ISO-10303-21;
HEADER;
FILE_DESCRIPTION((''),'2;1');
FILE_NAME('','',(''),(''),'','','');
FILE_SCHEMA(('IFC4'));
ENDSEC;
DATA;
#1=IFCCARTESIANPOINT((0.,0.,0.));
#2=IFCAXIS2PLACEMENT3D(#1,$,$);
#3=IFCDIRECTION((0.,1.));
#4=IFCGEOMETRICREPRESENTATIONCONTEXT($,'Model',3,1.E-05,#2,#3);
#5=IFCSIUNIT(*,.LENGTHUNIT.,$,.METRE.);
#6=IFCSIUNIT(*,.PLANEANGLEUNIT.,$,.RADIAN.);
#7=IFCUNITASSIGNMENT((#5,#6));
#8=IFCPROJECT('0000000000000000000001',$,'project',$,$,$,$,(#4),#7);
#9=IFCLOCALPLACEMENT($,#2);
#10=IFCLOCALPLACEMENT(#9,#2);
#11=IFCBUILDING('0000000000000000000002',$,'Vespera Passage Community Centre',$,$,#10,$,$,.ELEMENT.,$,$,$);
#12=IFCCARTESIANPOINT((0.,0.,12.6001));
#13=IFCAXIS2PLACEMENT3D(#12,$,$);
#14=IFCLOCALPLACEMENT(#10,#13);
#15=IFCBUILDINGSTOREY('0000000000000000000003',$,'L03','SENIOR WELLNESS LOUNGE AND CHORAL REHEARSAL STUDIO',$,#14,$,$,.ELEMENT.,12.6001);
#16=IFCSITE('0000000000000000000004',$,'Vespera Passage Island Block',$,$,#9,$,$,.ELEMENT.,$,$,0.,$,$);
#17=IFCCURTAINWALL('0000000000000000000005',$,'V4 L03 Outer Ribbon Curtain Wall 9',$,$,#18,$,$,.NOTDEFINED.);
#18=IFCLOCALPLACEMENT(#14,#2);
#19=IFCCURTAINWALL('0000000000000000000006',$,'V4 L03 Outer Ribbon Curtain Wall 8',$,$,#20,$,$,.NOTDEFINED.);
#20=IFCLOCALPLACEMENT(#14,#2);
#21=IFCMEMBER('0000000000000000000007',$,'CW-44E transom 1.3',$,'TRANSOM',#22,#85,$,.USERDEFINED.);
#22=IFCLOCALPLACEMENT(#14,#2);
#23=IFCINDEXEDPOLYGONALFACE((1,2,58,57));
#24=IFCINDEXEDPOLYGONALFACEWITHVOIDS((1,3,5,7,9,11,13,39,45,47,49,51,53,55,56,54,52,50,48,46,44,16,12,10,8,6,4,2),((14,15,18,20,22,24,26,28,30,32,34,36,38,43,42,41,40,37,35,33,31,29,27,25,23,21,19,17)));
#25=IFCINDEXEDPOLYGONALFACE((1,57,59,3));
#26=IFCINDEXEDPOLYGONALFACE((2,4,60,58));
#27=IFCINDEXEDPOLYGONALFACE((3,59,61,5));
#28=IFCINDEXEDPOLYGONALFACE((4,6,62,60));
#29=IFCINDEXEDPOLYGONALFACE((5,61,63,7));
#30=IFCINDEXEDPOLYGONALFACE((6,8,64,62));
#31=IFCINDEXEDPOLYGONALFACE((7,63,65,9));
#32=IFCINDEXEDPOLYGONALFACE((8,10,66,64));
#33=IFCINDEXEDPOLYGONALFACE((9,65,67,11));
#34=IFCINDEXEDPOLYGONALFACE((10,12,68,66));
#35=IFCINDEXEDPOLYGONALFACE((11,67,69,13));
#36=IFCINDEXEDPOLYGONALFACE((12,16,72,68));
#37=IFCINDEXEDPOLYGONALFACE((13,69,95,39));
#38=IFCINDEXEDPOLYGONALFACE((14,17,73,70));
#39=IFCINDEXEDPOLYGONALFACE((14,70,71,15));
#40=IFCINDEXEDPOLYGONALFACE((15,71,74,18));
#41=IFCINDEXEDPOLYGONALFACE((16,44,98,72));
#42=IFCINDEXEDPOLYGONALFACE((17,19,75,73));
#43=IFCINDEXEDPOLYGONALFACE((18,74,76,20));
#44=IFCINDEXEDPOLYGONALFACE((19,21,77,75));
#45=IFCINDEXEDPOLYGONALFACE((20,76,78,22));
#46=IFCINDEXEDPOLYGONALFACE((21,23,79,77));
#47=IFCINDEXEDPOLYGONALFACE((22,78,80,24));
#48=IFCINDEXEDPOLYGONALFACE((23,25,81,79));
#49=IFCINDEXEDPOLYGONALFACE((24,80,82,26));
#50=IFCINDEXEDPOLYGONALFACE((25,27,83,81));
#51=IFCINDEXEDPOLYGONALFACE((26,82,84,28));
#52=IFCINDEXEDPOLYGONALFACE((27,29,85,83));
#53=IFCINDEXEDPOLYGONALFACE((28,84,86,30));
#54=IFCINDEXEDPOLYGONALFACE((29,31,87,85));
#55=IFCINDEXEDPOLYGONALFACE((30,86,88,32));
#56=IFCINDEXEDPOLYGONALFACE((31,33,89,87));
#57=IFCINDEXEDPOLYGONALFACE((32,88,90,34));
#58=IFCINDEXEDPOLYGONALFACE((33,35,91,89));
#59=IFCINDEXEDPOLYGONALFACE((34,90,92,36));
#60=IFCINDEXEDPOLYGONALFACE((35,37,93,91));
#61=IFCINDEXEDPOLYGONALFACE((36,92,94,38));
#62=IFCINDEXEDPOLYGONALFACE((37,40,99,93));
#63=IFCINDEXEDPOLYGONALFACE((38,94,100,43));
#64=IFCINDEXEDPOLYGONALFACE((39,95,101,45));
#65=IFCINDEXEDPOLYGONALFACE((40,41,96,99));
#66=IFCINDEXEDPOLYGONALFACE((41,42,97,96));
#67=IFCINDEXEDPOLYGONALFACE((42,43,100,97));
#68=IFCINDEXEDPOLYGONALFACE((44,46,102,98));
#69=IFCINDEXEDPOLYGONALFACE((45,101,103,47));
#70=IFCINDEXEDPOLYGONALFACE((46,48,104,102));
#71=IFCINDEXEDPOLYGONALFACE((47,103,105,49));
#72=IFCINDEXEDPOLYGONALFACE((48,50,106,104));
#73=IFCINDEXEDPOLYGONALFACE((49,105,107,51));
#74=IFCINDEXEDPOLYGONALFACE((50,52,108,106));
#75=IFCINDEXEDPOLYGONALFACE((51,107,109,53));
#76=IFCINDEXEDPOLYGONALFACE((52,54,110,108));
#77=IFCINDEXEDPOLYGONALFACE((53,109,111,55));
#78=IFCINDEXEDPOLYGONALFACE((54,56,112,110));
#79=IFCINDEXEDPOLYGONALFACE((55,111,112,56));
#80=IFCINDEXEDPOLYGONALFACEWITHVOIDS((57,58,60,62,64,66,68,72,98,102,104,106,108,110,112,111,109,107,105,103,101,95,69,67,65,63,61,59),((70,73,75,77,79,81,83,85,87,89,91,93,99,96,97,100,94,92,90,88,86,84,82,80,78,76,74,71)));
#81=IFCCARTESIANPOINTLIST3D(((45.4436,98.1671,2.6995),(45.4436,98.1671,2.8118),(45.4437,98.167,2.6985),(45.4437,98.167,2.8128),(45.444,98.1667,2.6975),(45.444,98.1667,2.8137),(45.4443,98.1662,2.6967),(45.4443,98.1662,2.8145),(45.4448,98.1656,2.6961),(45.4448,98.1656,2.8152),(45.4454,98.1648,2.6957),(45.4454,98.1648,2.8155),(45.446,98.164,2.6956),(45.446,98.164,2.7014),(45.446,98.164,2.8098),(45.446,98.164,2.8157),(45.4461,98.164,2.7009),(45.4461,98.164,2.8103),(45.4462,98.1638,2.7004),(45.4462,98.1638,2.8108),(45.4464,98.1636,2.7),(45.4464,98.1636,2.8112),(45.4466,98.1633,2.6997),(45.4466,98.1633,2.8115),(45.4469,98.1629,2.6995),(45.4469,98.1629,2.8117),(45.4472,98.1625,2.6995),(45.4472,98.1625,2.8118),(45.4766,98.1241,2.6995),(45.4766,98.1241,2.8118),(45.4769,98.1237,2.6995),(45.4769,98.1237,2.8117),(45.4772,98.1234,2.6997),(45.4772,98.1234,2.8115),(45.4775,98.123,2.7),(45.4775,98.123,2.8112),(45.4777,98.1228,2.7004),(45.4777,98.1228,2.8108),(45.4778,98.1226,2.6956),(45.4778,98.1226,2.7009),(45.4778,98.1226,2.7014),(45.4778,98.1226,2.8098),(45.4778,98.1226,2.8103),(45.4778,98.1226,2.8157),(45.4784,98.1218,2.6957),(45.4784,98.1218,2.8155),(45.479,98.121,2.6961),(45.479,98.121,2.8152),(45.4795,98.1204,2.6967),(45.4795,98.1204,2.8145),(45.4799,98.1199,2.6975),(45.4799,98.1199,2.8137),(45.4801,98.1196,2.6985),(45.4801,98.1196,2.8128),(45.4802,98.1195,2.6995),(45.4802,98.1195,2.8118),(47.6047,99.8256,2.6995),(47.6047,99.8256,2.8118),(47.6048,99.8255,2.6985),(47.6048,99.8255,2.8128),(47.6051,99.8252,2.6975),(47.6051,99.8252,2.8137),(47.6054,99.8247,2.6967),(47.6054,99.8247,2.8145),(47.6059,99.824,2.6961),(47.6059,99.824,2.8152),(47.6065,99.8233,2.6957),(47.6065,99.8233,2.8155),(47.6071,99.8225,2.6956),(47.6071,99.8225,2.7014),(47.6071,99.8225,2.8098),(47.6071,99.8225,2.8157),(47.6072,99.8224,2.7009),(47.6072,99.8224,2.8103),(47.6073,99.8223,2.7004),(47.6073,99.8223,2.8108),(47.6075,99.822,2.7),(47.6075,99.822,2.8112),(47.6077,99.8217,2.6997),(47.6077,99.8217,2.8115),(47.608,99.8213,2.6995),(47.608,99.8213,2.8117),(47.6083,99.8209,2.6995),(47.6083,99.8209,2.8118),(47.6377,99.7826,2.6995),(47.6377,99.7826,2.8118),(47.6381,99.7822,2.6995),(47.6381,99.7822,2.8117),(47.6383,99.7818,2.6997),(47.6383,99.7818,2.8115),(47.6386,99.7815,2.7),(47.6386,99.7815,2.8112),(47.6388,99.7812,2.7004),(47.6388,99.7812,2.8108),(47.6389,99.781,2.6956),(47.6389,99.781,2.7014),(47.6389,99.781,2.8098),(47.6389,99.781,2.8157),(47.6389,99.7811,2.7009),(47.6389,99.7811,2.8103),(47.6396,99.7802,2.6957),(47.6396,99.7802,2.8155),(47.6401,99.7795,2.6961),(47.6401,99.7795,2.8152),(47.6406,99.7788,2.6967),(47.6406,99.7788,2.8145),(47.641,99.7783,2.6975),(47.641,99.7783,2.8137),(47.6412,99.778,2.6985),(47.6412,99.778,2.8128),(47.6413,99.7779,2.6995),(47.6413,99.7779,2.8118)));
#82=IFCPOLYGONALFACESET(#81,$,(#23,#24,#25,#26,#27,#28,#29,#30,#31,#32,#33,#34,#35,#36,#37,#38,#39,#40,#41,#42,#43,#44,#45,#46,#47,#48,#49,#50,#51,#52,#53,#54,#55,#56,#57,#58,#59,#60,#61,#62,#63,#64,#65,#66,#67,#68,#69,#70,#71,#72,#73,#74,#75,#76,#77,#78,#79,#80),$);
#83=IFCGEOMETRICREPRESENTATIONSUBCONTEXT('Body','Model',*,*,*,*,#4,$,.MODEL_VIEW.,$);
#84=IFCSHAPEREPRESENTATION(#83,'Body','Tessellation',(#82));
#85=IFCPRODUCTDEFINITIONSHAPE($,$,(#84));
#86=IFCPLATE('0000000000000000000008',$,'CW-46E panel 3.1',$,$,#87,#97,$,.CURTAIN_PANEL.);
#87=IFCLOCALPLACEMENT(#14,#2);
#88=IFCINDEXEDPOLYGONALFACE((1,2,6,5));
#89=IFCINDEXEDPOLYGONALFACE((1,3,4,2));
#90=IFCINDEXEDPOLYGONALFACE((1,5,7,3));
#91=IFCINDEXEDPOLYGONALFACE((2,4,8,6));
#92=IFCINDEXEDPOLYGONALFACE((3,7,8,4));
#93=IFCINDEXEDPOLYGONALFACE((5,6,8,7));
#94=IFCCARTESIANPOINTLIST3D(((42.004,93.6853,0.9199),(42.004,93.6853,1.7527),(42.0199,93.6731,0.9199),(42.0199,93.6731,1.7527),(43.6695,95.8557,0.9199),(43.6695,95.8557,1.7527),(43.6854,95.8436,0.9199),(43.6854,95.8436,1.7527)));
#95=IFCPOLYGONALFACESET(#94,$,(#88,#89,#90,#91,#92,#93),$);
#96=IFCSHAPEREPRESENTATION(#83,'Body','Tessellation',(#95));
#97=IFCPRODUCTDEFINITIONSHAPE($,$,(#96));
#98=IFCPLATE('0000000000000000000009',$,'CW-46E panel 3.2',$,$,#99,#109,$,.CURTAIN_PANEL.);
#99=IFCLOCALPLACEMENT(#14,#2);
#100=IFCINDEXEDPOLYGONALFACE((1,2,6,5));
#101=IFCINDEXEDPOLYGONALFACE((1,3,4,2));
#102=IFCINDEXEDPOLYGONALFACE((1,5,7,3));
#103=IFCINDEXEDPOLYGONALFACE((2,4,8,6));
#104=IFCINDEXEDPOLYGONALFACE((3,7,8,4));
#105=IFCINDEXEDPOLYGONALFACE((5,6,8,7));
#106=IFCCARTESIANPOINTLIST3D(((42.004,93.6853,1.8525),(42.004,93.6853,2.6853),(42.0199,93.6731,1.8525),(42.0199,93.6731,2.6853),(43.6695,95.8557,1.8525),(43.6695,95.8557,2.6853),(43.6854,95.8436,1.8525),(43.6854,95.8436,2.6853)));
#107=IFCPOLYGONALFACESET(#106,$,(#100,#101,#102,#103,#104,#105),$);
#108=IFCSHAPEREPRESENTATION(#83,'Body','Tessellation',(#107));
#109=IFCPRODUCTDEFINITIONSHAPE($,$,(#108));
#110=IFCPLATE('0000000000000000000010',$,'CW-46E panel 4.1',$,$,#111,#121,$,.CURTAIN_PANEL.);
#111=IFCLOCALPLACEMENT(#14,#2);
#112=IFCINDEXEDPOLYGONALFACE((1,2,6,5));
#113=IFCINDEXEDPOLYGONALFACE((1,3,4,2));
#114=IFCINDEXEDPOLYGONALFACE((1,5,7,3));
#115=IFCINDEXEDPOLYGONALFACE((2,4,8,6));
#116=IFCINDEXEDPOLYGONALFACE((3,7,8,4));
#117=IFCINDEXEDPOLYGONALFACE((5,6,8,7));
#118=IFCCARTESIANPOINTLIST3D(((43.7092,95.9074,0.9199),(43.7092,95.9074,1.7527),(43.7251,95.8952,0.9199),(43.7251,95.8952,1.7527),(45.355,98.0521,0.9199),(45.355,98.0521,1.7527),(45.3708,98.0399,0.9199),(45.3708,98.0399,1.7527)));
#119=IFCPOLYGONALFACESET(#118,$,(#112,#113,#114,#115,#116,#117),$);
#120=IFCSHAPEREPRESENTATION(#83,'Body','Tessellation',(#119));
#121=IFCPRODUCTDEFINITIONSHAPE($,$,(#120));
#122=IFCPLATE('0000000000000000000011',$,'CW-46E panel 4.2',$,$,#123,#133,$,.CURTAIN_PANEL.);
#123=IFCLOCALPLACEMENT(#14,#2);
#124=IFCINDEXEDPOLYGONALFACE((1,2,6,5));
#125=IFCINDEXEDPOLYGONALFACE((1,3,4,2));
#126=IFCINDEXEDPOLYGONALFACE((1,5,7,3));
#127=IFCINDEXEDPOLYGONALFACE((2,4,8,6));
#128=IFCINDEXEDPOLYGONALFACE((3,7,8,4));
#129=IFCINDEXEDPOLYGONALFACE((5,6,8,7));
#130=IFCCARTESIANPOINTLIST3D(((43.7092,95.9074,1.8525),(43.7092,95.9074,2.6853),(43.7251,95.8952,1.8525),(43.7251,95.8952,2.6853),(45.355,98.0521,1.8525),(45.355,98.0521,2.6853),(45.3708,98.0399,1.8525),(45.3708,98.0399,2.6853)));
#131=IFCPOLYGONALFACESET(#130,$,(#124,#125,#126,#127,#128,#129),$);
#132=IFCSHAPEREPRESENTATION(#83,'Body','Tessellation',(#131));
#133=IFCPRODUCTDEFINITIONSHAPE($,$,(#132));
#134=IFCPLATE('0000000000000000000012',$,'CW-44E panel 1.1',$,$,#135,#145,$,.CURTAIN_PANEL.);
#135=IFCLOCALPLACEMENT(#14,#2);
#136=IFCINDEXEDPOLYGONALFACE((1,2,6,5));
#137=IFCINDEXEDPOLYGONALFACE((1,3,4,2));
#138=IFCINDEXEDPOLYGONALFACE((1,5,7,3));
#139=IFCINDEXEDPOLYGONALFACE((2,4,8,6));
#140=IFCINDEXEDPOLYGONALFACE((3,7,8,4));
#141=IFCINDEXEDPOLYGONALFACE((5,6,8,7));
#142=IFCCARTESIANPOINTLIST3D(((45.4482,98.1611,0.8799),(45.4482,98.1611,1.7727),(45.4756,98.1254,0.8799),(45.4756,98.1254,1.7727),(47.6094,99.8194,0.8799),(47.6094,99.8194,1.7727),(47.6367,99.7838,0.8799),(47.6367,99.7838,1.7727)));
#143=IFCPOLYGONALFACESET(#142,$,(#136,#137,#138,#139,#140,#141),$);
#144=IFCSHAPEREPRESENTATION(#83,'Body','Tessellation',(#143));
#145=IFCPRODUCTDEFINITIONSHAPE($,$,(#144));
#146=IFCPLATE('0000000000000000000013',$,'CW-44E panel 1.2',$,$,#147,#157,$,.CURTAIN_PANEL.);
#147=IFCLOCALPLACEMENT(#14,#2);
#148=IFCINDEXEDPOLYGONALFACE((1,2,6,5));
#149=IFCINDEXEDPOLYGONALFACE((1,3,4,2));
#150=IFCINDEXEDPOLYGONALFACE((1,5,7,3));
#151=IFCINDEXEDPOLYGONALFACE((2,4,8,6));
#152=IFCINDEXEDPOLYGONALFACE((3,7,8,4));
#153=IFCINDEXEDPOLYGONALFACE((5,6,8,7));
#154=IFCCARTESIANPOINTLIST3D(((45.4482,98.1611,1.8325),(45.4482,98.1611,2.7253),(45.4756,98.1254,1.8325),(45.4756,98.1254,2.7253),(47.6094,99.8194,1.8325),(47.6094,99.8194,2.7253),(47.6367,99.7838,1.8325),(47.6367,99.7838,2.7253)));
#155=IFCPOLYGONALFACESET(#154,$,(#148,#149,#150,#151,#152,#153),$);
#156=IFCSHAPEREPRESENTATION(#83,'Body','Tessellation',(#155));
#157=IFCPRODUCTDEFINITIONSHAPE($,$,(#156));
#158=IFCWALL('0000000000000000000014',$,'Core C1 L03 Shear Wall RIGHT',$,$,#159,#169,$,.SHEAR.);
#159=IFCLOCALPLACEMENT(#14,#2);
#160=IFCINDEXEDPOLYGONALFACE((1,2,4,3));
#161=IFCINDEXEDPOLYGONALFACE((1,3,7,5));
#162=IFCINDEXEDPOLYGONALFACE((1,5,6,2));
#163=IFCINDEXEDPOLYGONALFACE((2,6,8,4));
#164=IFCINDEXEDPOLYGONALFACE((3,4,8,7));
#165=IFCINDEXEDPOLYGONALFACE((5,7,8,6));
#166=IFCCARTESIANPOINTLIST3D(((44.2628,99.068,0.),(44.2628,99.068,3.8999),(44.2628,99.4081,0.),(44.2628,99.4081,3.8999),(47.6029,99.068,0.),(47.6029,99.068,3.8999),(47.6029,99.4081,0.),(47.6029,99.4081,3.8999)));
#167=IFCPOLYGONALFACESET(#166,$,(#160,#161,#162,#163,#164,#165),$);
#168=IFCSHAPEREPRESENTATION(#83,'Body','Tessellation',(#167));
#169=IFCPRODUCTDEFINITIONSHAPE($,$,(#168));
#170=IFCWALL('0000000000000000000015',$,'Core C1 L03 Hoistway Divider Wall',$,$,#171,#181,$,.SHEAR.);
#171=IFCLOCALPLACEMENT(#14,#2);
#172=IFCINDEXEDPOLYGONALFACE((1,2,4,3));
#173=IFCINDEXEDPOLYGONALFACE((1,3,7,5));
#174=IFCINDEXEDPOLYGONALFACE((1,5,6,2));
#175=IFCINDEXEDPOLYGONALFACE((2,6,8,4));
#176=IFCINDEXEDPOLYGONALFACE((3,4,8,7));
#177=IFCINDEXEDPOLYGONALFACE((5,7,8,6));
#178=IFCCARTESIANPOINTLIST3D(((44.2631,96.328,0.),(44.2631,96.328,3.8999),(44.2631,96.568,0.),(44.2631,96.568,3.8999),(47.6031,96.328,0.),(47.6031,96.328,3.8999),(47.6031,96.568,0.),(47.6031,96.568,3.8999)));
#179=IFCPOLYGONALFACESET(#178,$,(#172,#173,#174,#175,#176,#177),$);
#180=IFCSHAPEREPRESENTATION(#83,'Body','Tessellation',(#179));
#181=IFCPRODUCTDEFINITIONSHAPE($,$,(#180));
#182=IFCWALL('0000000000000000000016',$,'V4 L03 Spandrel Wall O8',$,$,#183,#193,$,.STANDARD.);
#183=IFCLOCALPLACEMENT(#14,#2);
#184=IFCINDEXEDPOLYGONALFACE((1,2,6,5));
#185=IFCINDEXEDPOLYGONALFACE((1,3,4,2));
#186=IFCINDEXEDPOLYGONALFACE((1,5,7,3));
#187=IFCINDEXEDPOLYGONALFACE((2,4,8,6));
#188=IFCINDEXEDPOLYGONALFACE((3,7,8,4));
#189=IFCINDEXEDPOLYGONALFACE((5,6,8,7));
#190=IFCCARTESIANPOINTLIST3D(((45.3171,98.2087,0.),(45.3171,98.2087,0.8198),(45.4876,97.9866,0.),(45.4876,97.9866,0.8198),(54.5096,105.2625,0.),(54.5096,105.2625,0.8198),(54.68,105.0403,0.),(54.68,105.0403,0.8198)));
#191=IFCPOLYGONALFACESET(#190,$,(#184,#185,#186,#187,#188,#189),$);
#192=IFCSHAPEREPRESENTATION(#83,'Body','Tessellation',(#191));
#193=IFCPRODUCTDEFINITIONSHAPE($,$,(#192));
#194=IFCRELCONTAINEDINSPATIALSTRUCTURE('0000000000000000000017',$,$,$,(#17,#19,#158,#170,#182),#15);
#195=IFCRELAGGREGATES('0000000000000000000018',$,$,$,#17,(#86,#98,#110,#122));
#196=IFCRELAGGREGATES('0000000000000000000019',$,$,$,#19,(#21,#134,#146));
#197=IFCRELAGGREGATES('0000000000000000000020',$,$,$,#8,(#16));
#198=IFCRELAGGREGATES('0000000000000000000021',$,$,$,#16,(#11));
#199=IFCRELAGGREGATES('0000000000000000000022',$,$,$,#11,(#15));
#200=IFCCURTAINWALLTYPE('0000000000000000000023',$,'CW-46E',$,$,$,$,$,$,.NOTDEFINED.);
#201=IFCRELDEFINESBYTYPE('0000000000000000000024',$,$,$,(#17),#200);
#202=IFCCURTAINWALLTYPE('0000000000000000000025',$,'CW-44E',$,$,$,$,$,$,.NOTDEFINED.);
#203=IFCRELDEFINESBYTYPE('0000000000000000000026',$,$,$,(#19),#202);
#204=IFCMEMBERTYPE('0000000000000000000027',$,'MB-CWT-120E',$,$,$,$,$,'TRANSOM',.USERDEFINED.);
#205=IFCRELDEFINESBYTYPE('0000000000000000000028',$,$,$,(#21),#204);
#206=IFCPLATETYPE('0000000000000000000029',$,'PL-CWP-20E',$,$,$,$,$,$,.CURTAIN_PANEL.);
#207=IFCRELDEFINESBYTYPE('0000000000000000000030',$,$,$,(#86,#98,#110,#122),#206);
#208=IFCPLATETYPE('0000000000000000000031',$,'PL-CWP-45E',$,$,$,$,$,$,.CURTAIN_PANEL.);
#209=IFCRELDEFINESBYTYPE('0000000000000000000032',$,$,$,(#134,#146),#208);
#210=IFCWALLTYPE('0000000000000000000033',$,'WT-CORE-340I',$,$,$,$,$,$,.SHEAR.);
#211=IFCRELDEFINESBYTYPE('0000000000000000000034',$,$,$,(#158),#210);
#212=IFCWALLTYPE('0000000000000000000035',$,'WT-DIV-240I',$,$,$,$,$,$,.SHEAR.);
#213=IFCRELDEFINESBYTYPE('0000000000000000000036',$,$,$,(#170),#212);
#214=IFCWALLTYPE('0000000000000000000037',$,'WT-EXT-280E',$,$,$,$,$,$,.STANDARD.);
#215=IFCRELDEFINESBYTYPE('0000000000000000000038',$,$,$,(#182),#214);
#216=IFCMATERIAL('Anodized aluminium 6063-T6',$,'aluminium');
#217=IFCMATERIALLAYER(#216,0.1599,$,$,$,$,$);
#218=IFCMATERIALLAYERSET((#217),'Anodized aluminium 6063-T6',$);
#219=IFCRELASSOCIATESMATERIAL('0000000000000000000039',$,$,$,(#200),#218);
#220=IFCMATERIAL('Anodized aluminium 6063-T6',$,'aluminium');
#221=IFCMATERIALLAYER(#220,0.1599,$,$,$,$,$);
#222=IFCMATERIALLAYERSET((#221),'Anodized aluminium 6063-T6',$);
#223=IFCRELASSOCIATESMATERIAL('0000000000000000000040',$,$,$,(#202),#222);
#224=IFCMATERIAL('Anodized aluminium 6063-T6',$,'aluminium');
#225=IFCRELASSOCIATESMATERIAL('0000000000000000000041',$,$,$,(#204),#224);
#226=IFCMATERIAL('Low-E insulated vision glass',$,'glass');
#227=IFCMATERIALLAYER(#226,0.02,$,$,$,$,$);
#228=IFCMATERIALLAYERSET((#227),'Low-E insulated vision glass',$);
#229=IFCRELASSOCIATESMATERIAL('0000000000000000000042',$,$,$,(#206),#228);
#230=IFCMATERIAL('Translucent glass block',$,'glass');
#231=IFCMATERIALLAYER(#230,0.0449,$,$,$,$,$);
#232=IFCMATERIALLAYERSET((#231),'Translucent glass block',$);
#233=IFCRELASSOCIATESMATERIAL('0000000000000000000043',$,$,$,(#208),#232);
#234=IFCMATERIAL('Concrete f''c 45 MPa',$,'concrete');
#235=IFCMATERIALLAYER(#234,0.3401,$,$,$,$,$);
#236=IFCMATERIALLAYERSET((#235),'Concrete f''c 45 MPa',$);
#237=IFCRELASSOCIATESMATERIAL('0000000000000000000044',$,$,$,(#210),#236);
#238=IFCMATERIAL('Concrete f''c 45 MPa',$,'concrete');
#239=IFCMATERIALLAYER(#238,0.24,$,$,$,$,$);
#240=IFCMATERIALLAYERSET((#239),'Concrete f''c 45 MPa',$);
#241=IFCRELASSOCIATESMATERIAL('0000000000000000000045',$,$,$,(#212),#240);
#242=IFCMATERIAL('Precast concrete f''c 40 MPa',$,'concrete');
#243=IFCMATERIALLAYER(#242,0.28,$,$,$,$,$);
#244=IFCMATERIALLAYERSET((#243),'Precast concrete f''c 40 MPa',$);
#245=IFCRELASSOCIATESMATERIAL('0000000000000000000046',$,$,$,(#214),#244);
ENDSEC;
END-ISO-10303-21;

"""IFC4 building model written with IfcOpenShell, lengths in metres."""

from ifc_helpers import new_model, si_unit, direction, frame, frame_2d, origin, origin_2d, place, context, subcontext, project, spatial, rectangle, hollow_rectangle, extrude, material, layer, layer_set, material_profile, profile_set, type_object, element, aggregate, save


model = new_model("IFC4")

# Units and contexts
model_context = context("Model", 3, precision=1e-05, world=origin(), true_north=direction((0.0, 1.0)))
body_context = subcontext(model_context, "Body", "Model", "MODEL_VIEW")
ifc_project = project(units=[si_unit("LENGTHUNIT", "METRE"), si_unit("PLANEANGLEUNIT", "RADIAN")], contexts=[model_context])

# Site, building, storey
site_placement = place(None, origin())
site = spatial("IfcSite", under=ifc_project, at=site_placement, Name="Vespera Passage Island Block", CompositionType="ELEMENT", RefElevation=0.0)
building_placement = place(site_placement, origin())
building = spatial("IfcBuilding", under=site, at=building_placement, Name="Vespera Passage Community Centre", CompositionType="ELEMENT")
storey_placement = place(building_placement, frame((0.0, 0.0, 12.6001)))
storey = spatial("IfcBuildingStorey", under=building, at=storey_placement, Name="L03", Description="SENIOR WELLNESS LOUNGE AND CHORAL REHEARSAL STUDIO", CompositionType="ELEMENT", Elevation=12.6001)

# Curtain wall
ifc_material_1 = material(Name="Anodized aluminium 6063-T6", Category="aluminium")
ifc_layer_1 = layer(ifc_material_1, 0.1599)
ifc_layer_set_1 = layer_set([ifc_layer_1], Name="Anodized aluminium 6063-T6")
curtain_wall_type_1 = type_object("IfcCurtainWallType", Name="CW-46E", PredefinedType="NOTDEFINED", material=ifc_layer_set_1)
curtain_wall_1_placement = place(storey_placement, origin())
curtain_wall_1 = element("IfcCurtainWall", 1, at=curtain_wall_1_placement, inside=storey, type_object=curtain_wall_type_1, Name="V4 L03 Outer Ribbon Curtain Wall 9", PredefinedType="NOTDEFINED")

# Curtain wall
ifc_material_2 = material(Name="Anodized aluminium 6063-T6", Category="aluminium")
ifc_layer_2 = layer(ifc_material_2, 0.1599)
ifc_layer_set_2 = layer_set([ifc_layer_2], Name="Anodized aluminium 6063-T6")
curtain_wall_type_2 = type_object("IfcCurtainWallType", Name="CW-44E", PredefinedType="NOTDEFINED", material=ifc_layer_set_2)
curtain_wall_2_placement = place(storey_placement, origin())
curtain_wall_2 = element("IfcCurtainWall", 2, at=curtain_wall_2_placement, inside=storey, type_object=curtain_wall_type_2, Name="V4 L03 Outer Ribbon Curtain Wall 8", PredefinedType="NOTDEFINED")

# Member
ifc_material_3 = material(Name="Anodized aluminium 6063-T6", Category="aluminium")
ifc_material_profile_1 = material_profile(ifc_material_3, hollow_rectangle(XDim=0.0601, YDim=0.1201, WallThickness=0.0039, InnerFilletRadius=0.002, OuterFilletRadius=0.0039, at=origin_2d()), Name="ALU120X60X4")
ifc_profile_set_1 = profile_set([ifc_material_profile_1], Name="Anodized aluminium 6063-T6")
member_type_1 = type_object("IfcMemberType", Name="MB-CWT-120E", ElementType="TRANSOM", PredefinedType="USERDEFINED", material=ifc_profile_set_1)
member_1_placement = place(storey_placement, frame((45.4619, 98.1433, 2.7556), z_axis=(0.793326, 0.608796, 0.0), x_axis=(-0.608796, 0.793326, 0.0)))
member_1 = element("IfcMember", 3, at=member_1_placement, type_object=member_type_1, Name="CW-44E transom 1.3", ObjectType="TRANSOM", PredefinedType="USERDEFINED", context=body_context, shape_type="SweptSolid", body=[
    extrude(hollow_rectangle(XDim=0.0601, YDim=0.1201, WallThickness=0.0039, InnerFilletRadius=0.002, OuterFilletRadius=0.0039, at=origin_2d()), origin(), (0.0, 0.0, 1.0), 2.7241),
])

# Plates
ifc_material_4 = material(Name="Low-E insulated vision glass", Category="glass")
ifc_layer_3 = layer(ifc_material_4, 0.02)
ifc_layer_set_3 = layer_set([ifc_layer_3], Name="Low-E insulated vision glass")
plate_type_1 = type_object("IfcPlateType", Name="PL-CWP-20E", PredefinedType="CURTAIN_PANEL", material=ifc_layer_set_3)
plate_1_placement = place(storey_placement, frame((42.8447, 94.7644, 0.9199), z_axis=(0.0, 0.0, 1.0), x_axis=(0.608765, 0.79335, 0.0)))
plate_1 = element("IfcPlate", 4, at=plate_1_placement, type_object=plate_type_1, Name="CW-46E panel 3.1", PredefinedType="CURTAIN_PANEL", context=body_context, shape_type="SweptSolid", body=[
    extrude(rectangle(XDim=2.7358, YDim=0.02, at=origin_2d()), origin(), (0.0, 0.0, 1.0), 0.8328),
])
plate_2_placement = place(storey_placement, frame((42.8447, 94.7644, 1.8525), z_axis=(0.0, 0.0, 1.0), x_axis=(0.608765, 0.79335, 0.0)))
plate_2 = element("IfcPlate", 5, at=plate_2_placement, type_object=plate_type_1, Name="CW-46E panel 3.2", PredefinedType="CURTAIN_PANEL", context=body_context, shape_type="SweptSolid", body=[
    extrude(rectangle(XDim=2.7358, YDim=0.02, at=origin_2d()), origin(), (0.0, 0.0, 1.0), 0.8328),
])
plate_3_placement = place(storey_placement, frame((44.54, 96.9736, 0.9199), z_axis=(0.0, 0.0, 1.0), x_axis=(0.608765, 0.79335, 0.0)))
plate_3 = element("IfcPlate", 6, at=plate_3_placement, type_object=plate_type_1, Name="CW-46E panel 4.1", PredefinedType="CURTAIN_PANEL", context=body_context, shape_type="SweptSolid", body=[
    extrude(rectangle(XDim=2.7034, YDim=0.02, at=origin_2d()), origin(), (0.0, 0.0, 1.0), 0.8328),
])
plate_4_placement = place(storey_placement, frame((44.54, 96.9736, 1.8525), z_axis=(0.0, 0.0, 1.0), x_axis=(0.608765, 0.79335, 0.0)))
plate_4 = element("IfcPlate", 7, at=plate_4_placement, type_object=plate_type_1, Name="CW-46E panel 4.2", PredefinedType="CURTAIN_PANEL", context=body_context, shape_type="SweptSolid", body=[
    extrude(rectangle(XDim=2.7034, YDim=0.02, at=origin_2d()), origin(), (0.0, 0.0, 1.0), 0.8328),
])
aggregate(curtain_wall_1, [plate_1, plate_2, plate_3, plate_4])
ifc_material_5 = material(Name="Translucent glass block", Category="glass")
ifc_layer_4 = layer(ifc_material_5, 0.0449)
ifc_layer_set_4 = layer_set([ifc_layer_4], Name="Translucent glass block")
plate_type_2 = type_object("IfcPlateType", Name="PL-CWP-45E", PredefinedType="CURTAIN_PANEL", material=ifc_layer_set_4)
plate_5_placement = place(storey_placement, frame((46.5425, 98.9724, 0.8799), z_axis=(0.0, 0.0, 1.0), x_axis=(0.793348, 0.608768, 0.0)))
plate_5 = element("IfcPlate", 8, at=plate_5_placement, type_object=plate_type_2, Name="CW-44E panel 1.1", PredefinedType="CURTAIN_PANEL", context=body_context, shape_type="SweptSolid", body=[
    extrude(rectangle(XDim=2.7241, YDim=0.0449, at=origin_2d()), origin(), (0.0, 0.0, 1.0), 0.8928),
])
plate_6_placement = place(storey_placement, frame((46.5425, 98.9724, 1.8325), z_axis=(0.0, 0.0, 1.0), x_axis=(0.793348, 0.608768, 0.0)))
plate_6 = element("IfcPlate", 9, at=plate_6_placement, type_object=plate_type_2, Name="CW-44E panel 1.2", PredefinedType="CURTAIN_PANEL", context=body_context, shape_type="SweptSolid", body=[
    extrude(rectangle(XDim=2.7241, YDim=0.0449, at=origin_2d()), origin(), (0.0, 0.0, 1.0), 0.8928),
])
aggregate(curtain_wall_2, [member_1, plate_5, plate_6])

# Shared definitions
ifc_material_6 = material(Name="Concrete f'c 45 MPa", Category="concrete")
ifc_layer_5 = layer(ifc_material_6, 0.3401)
ifc_layer_set_5 = layer_set([ifc_layer_5], Name="Concrete f'c 45 MPa")
wall_type_1 = type_object("IfcWallType", Name="WT-CORE-340I", PredefinedType="SHEAR", material=ifc_layer_set_5)

# Walls
wall_1_placement = place(storey_placement, frame((44.2629, 99.238, 0.0), z_axis=(0.0, 0.0, 1.0), x_axis=(1.0, 0.0, 0.0)))
element("IfcWall", 10, at=wall_1_placement, inside=storey, type_object=wall_type_1, Name="Core C1 L03 Shear Wall RIGHT", PredefinedType="SHEAR", context=body_context, shape_type="SweptSolid", body=[
    extrude(rectangle(XDim=3.3401, YDim=0.3401, at=frame_2d((1.6699, 0.0))), origin(), (0.0, 0.0, 1.0), 3.8999),
])
ifc_material_7 = material(Name="Concrete f'c 45 MPa", Category="concrete")
ifc_layer_6 = layer(ifc_material_7, 0.24)
ifc_layer_set_6 = layer_set([ifc_layer_6], Name="Concrete f'c 45 MPa")
wall_type_2 = type_object("IfcWallType", Name="WT-DIV-240I", PredefinedType="SHEAR", material=ifc_layer_set_6)
wall_2_placement = place(storey_placement, frame((47.603, 96.448, 0.0), z_axis=(0.0, 0.0, 1.0), x_axis=(-1.0, 0.0, 0.0)))
element("IfcWall", 11, at=wall_2_placement, inside=storey, type_object=wall_type_2, Name="Core C1 L03 Hoistway Divider Wall", PredefinedType="SHEAR", context=body_context, shape_type="SweptSolid", body=[
    extrude(rectangle(XDim=3.3401, YDim=0.24, at=frame_2d((1.6699, 0.0))), origin(), (0.0, 0.0, 1.0), 3.8999),
])
ifc_material_8 = material(Name="Precast concrete f'c 40 MPa", Category="concrete")
ifc_layer_7 = layer(ifc_material_8, 0.28)
ifc_layer_set_7 = layer_set([ifc_layer_7], Name="Precast concrete f'c 40 MPa")
wall_type_3 = type_object("IfcWallType", Name="WT-EXT-280E", PredefinedType="STANDARD", material=ifc_layer_set_7)
wall_3_placement = place(storey_placement, frame((45.4023, 98.0977, 0.0), z_axis=(0.0, 0.0, 1.0), x_axis=(0.793347, 0.608769, 0.0)))
element("IfcWall", 12, at=wall_3_placement, inside=storey, type_object=wall_type_3, Name="V4 L03 Spandrel Wall O8", PredefinedType="STANDARD", context=body_context, shape_type="SweptSolid", body=[
    extrude(rectangle(XDim=11.5869, YDim=0.28, at=frame_2d((5.7935, 0.0))), origin(), (0.0, 0.0, 1.0), 0.8198),
])

save(model, "model.ifc")
